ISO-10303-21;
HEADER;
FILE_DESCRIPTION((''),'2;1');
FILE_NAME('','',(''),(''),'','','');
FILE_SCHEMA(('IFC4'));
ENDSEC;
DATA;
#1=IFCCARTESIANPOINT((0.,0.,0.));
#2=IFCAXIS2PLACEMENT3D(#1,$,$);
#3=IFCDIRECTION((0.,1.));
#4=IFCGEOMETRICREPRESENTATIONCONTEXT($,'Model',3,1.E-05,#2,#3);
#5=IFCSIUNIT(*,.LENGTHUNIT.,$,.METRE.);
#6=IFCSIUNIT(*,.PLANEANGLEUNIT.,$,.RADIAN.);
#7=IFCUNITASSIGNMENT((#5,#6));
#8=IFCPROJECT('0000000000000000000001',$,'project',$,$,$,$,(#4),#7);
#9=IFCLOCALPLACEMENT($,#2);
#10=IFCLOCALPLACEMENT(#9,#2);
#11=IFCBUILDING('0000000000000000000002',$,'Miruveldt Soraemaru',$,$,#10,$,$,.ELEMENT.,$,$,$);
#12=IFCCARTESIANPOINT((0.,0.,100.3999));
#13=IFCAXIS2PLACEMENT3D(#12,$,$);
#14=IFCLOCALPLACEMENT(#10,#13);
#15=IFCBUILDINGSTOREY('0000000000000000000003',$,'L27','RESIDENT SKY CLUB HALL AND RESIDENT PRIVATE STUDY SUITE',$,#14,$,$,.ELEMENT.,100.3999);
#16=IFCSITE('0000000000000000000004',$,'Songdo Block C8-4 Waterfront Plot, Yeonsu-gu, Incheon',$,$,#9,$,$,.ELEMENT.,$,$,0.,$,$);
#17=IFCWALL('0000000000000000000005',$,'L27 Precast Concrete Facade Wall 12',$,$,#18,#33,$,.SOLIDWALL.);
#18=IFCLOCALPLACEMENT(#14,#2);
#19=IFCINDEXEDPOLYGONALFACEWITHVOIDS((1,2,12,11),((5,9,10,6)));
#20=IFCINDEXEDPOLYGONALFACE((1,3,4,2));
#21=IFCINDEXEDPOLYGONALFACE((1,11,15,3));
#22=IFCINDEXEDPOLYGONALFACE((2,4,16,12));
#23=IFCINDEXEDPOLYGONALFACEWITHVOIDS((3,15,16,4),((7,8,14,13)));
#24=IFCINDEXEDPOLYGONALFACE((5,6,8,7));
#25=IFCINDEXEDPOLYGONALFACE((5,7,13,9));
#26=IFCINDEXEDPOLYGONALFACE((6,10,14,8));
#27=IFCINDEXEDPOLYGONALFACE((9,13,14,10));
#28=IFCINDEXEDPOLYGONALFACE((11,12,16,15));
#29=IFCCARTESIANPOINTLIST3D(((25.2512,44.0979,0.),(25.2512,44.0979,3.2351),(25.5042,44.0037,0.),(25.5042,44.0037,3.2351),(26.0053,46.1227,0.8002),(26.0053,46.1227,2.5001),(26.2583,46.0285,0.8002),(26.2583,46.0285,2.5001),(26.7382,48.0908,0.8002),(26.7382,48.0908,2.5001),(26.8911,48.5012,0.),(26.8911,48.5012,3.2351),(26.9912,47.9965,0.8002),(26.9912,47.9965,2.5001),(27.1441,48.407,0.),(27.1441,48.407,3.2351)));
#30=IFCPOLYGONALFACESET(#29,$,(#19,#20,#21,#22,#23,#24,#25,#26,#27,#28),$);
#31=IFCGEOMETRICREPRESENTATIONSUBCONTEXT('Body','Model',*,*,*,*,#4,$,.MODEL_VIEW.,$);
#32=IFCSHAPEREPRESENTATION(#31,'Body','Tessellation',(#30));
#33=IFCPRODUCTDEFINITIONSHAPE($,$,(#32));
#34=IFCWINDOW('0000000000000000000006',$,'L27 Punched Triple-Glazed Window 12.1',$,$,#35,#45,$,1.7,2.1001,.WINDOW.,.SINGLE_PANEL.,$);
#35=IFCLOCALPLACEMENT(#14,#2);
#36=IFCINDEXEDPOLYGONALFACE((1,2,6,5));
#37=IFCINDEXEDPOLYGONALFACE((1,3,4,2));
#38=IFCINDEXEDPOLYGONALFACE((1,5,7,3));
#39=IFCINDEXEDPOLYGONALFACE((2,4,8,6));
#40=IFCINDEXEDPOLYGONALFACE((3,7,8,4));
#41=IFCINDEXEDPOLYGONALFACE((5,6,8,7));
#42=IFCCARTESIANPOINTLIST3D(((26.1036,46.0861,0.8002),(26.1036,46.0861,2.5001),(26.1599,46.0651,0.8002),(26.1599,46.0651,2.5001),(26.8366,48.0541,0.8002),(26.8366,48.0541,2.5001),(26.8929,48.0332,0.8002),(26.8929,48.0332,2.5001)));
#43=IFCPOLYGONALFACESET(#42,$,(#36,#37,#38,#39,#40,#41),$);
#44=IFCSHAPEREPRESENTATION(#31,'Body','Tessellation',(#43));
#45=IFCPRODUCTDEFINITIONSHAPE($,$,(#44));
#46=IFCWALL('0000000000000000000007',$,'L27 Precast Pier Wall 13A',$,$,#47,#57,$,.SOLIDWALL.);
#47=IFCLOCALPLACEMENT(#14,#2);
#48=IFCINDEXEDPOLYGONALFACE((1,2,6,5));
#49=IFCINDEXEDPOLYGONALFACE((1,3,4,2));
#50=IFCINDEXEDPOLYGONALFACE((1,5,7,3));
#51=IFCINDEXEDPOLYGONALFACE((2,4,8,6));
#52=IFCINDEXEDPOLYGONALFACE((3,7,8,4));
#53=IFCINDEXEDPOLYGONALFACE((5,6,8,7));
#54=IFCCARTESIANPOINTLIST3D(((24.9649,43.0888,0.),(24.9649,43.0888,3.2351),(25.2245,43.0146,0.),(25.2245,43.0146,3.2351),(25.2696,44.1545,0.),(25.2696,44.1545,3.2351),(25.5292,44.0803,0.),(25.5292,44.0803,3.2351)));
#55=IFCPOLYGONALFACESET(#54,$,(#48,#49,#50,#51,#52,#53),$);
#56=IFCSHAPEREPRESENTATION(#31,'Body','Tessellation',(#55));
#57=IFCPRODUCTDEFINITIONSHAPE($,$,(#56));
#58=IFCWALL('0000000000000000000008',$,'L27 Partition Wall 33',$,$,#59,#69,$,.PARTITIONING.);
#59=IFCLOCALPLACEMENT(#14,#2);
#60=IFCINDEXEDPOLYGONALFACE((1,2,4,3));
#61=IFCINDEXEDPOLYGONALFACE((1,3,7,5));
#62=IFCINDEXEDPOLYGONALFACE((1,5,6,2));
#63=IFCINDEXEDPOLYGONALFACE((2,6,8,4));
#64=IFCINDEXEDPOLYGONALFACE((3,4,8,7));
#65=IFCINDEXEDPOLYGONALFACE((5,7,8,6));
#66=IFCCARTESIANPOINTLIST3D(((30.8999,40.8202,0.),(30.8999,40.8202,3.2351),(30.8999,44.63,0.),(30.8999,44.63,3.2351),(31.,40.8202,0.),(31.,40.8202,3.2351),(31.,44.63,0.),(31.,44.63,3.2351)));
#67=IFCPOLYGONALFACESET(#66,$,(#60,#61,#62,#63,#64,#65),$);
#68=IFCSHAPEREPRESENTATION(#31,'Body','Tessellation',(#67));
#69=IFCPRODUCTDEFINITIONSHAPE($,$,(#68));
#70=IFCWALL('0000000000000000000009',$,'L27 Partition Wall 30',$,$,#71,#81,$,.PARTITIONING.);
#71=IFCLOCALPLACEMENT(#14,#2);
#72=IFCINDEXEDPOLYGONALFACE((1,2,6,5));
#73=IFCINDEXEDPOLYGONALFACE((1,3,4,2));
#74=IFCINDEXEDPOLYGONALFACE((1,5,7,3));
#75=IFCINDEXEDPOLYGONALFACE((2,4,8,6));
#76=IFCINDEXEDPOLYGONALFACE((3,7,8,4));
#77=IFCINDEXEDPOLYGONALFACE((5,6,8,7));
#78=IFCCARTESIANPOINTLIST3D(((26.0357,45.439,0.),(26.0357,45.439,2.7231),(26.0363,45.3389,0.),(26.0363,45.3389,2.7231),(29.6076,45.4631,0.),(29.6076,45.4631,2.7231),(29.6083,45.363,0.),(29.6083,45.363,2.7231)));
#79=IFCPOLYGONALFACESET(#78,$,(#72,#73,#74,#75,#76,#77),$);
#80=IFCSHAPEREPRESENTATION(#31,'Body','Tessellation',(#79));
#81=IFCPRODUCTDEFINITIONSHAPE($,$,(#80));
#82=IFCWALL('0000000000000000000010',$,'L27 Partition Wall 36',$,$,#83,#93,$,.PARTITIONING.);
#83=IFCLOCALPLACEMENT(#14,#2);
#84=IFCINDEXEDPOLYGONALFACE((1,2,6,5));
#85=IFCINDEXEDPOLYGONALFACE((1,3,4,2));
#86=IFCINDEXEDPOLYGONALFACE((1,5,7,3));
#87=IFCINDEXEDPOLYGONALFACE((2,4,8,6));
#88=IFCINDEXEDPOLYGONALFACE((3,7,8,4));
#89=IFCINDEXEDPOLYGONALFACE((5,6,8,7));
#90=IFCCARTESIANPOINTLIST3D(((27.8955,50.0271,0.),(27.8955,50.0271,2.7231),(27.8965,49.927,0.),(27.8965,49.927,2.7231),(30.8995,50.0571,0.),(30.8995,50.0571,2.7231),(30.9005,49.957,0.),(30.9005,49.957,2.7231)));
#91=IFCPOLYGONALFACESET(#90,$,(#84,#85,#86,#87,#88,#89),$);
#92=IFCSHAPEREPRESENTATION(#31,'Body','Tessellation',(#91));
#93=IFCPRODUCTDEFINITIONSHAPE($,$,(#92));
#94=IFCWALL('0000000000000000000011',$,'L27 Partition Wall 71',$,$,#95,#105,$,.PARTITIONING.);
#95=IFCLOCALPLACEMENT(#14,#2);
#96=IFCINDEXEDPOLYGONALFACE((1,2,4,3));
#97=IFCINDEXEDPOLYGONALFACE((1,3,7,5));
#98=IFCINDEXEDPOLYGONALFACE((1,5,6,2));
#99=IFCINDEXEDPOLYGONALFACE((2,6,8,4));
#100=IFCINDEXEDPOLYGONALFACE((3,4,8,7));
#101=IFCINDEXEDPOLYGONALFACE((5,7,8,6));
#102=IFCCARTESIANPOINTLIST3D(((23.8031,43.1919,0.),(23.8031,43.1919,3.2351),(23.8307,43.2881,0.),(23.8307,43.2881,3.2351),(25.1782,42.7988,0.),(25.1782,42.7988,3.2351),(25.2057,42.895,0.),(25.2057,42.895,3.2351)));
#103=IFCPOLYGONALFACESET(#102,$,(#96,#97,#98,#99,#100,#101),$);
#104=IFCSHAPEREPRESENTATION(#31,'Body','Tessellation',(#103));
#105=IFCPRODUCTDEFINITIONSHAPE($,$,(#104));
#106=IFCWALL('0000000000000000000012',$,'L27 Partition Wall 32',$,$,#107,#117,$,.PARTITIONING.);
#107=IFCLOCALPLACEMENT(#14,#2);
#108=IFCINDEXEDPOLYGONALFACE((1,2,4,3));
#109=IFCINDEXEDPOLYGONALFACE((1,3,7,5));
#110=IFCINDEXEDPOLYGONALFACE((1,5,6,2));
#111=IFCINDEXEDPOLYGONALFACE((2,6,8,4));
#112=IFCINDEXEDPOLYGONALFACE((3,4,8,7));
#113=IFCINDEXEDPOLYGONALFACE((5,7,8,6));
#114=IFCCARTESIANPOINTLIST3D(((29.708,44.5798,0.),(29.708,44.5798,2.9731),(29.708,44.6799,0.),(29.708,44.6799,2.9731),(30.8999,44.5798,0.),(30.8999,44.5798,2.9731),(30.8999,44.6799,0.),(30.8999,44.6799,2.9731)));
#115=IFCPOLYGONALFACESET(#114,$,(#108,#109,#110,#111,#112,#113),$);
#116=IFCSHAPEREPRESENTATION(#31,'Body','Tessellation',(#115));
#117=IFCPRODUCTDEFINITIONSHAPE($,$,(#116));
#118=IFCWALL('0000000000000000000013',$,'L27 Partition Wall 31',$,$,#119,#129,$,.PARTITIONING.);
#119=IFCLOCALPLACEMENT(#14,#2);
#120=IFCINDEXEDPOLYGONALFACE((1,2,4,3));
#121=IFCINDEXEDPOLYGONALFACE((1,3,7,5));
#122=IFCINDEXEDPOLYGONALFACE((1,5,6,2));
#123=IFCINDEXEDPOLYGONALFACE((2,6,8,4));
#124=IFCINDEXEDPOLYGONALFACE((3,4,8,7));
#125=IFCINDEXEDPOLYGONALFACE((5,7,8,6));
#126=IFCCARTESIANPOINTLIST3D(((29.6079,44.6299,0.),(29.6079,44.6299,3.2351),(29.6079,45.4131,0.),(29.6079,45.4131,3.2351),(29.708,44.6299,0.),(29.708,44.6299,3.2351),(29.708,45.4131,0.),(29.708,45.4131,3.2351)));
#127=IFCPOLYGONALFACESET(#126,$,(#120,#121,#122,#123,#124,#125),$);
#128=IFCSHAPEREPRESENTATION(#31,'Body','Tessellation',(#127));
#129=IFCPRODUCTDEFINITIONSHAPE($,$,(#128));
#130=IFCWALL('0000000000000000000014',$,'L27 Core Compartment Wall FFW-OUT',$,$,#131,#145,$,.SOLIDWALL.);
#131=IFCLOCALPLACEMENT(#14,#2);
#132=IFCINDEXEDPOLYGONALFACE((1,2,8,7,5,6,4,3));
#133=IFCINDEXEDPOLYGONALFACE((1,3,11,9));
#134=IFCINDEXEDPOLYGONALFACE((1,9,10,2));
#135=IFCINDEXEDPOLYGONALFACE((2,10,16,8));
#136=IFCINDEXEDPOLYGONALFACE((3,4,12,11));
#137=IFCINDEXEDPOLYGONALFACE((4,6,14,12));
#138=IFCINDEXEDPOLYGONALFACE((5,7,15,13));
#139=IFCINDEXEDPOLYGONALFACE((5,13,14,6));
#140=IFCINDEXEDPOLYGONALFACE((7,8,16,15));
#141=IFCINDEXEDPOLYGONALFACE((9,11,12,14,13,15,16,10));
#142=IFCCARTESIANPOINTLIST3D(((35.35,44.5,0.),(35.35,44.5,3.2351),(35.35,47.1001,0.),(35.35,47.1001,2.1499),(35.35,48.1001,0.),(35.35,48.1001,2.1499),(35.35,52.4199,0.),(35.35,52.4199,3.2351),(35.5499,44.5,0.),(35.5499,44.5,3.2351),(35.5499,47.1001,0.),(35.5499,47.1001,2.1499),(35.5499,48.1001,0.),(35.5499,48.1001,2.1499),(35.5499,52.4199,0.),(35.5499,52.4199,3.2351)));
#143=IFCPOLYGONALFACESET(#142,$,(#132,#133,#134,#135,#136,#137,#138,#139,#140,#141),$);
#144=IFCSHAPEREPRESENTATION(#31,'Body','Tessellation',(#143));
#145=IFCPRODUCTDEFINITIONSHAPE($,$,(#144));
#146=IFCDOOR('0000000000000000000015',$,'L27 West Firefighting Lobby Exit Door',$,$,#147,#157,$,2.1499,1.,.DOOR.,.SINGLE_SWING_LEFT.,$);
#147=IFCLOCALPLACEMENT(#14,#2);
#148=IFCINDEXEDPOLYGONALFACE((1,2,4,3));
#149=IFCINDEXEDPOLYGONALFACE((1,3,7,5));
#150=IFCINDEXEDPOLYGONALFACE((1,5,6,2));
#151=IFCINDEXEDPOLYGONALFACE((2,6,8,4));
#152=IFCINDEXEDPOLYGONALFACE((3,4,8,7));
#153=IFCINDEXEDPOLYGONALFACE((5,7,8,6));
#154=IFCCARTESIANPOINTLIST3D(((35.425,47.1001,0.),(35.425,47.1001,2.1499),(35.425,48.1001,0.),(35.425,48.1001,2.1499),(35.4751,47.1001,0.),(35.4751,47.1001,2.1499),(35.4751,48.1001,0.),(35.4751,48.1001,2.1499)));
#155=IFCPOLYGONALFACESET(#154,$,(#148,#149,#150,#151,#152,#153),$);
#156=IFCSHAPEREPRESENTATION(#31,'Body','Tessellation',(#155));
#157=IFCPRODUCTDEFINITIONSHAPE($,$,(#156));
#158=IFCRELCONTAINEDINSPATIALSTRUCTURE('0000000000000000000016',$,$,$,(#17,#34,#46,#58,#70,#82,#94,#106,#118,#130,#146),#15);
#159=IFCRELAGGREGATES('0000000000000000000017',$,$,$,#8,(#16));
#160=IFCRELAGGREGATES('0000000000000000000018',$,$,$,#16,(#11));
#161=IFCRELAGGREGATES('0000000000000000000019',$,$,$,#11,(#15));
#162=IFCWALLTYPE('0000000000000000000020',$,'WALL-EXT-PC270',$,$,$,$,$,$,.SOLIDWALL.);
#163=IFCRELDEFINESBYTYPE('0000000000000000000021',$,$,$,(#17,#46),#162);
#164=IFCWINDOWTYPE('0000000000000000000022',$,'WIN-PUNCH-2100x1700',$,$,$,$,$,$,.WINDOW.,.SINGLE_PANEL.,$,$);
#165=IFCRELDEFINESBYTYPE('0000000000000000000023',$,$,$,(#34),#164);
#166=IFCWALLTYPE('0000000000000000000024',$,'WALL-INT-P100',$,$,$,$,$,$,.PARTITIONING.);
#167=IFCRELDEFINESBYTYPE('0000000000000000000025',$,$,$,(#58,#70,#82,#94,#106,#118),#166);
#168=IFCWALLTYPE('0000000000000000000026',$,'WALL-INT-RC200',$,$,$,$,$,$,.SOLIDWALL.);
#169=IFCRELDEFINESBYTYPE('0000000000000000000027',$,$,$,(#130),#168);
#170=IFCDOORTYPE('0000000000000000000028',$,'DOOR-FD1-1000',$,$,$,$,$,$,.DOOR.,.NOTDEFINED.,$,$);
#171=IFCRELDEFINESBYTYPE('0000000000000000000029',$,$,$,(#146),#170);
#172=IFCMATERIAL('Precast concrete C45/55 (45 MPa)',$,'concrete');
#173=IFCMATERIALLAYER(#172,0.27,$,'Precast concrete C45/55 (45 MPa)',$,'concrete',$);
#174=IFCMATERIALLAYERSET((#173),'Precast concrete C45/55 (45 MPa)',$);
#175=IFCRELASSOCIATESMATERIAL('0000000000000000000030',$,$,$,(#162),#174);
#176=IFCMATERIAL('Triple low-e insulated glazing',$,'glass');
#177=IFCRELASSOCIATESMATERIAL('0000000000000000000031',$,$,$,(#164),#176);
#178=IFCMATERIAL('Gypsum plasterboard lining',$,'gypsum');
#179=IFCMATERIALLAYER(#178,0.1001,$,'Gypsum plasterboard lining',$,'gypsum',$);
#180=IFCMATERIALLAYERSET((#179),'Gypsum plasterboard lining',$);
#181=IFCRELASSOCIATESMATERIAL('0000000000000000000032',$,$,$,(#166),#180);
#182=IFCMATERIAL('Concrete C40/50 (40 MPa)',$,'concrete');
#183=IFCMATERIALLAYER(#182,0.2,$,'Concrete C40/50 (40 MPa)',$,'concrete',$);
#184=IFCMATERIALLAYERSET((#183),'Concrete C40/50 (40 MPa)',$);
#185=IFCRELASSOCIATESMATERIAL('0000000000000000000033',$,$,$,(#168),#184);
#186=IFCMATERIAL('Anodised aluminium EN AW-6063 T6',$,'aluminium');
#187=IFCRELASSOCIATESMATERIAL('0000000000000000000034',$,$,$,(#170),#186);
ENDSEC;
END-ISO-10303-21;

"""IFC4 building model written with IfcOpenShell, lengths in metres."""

from ifc_helpers import new_model, si_unit, direction, frame, frame_2d, origin, place, context, subcontext, project, spatial, rectangle, extrude, material, layer, layer_set, type_object, element, fill, save


model = new_model("IFC4")

# Units and contexts
model_context = context("Model", 3, precision=1e-05, world=origin(), true_north=direction((0.0, 1.0)))
body_context = subcontext(model_context, "Body", "Model", "MODEL_VIEW")
ifc_project = project(units=[si_unit("LENGTHUNIT", "METRE"), si_unit("PLANEANGLEUNIT", "RADIAN")], contexts=[model_context])

# Site, building, storey
site_placement = place(None, origin())
site = spatial("IfcSite", under=ifc_project, at=site_placement, Name="Songdo Block C8-4 Waterfront Plot, Yeonsu-gu, Incheon", CompositionType="ELEMENT", RefElevation=0.0)
building_placement = place(site_placement, origin())
building = spatial("IfcBuilding", under=site, at=building_placement, Name="Miruveldt Soraemaru", CompositionType="ELEMENT")
storey_placement = place(building_placement, frame((0.0, 0.0, 100.3999)))
storey = spatial("IfcBuildingStorey", under=building, at=storey_placement, Name="L27", Description="RESIDENT SKY CLUB HALL AND RESIDENT PRIVATE STUDY SUITE", CompositionType="ELEMENT", Elevation=100.3999)

# Shared definitions
ifc_material_1 = material(Name="Concrete C40/50 (40 MPa)", Category="concrete")

# Shared definitions
ifc_material_2 = material(Name="Anodised aluminium EN AW-6063 T6", Category="aluminium")

# Wall, opening, window
ifc_material_3 = material(Name="Triple low-e insulated glazing", Category="glass")
ifc_material_4 = material(Name="Precast concrete C45/55 (45 MPa)", Category="concrete")
ifc_layer_1 = layer(ifc_material_4, 0.27, Name="Precast concrete C45/55 (45 MPa)", Category="concrete")
ifc_layer_set_1 = layer_set([ifc_layer_1], Name="Precast concrete C45/55 (45 MPa)")
wall_type_1 = type_object("IfcWallType", Name="WALL-EXT-PC270", PredefinedType="SOLIDWALL", material=ifc_layer_set_1)
wall_1_placement = place(storey_placement, frame((27.0176, 48.4541, 0.0), z_axis=(0.0, 0.0, 1.0), x_axis=(-0.349004, -0.937121, 0.0)))
wall_1 = element("IfcWall", 1, at=wall_1_placement, inside=storey, type_object=wall_type_1, Name="L27 Precast Concrete Facade Wall 12", PredefinedType="SOLIDWALL", context=body_context, shape_type="SweptSolid", body=[
    extrude(rectangle(XDim=4.6987, YDim=0.27, at=frame_2d((2.3494, 0.0))), origin(), (0.0, 0.0, 1.0), 3.2351),
])
opening_1_placement = place(wall_1_placement, frame((0.438, 0.0, 0.8)))
opening_1 = element("IfcOpeningElement", 2, at=opening_1_placement, cuts=wall_1, PredefinedType="OPENING", context=body_context, shape_type="SweptSolid", body=[
    extrude(rectangle(XDim=2.1001, YDim=1.7, at=frame_2d((1.05, 0.8501))), frame((0.0, 0.145, 0.0), z_axis=(0.0, -1.0, 0.0), x_axis=(1.0, 0.0, 0.0)), (0.0, 0.0, 1.0), 0.29),
])
window_type_1 = type_object("IfcWindowType", Name="WIN-PUNCH-2100x1700", PartitioningType="SINGLE_PANEL", PredefinedType="WINDOW", material=ifc_material_3)
window_1_placement = place(opening_1_placement, origin())
window_1 = element("IfcWindow", 3, at=window_1_placement, inside=storey, type_object=window_type_1, Name="L27 Punched Triple-Glazed Window 12.1", OverallHeight=1.7, OverallWidth=2.1001, PartitioningType="SINGLE_PANEL", PredefinedType="WINDOW", context=body_context, shape_type="SweptSolid", body=[
    extrude(rectangle(XDim=2.1001, YDim=1.7, at=frame_2d((1.05, 0.8501))), frame((0.0, 0.03, 0.0), z_axis=(0.0, -1.0, 0.0), x_axis=(1.0, 0.0, 0.0)), (0.0, 0.0, 1.0), 0.0601),
])
fill(opening_1, window_1)

# Walls
wall_2_placement = place(storey_placement, frame((25.3994, 44.1174, 0.0), z_axis=(0.0, 0.0, 1.0), x_axis=(-0.274896, -0.961474, 0.0)))
element("IfcWall", 4, at=wall_2_placement, inside=storey, type_object=wall_type_1, Name="L27 Precast Pier Wall 13A", PredefinedType="SOLIDWALL", context=body_context, shape_type="SweptSolid", body=[
    extrude(rectangle(XDim=1.1084, YDim=0.27, at=frame_2d((0.5542, 0.0))), origin(), (0.0, 0.0, 1.0), 3.2351),
])
ifc_material_5 = material(Name="Gypsum plasterboard lining", Category="gypsum")
ifc_layer_2 = layer(ifc_material_5, 0.1001, Name="Gypsum plasterboard lining", Category="gypsum")
ifc_layer_set_2 = layer_set([ifc_layer_2], Name="Gypsum plasterboard lining")
wall_type_2 = type_object("IfcWallType", Name="WALL-INT-P100", PredefinedType="PARTITIONING", material=ifc_layer_set_2)
wall_3_placement = place(storey_placement, frame((30.95, 44.6299, 0.0), z_axis=(0.0, 0.0, 1.0), x_axis=(0.0, -1.0, 0.0)))
element("IfcWall", 5, at=wall_3_placement, inside=storey, type_object=wall_type_2, Name="L27 Partition Wall 33", PredefinedType="PARTITIONING", context=body_context, shape_type="SweptSolid", body=[
    extrude(rectangle(XDim=3.8098, YDim=0.1001, at=frame_2d((1.9048, 0.0))), origin(), (0.0, 0.0, 1.0), 3.2351),
])
wall_4_placement = place(storey_placement, frame((26.0359, 45.3889, 0.0), z_axis=(0.0, 0.0, 1.0), x_axis=(0.999977, 0.006766, 0.0)))
element("IfcWall", 6, at=wall_4_placement, inside=storey, type_object=wall_type_2, Name="L27 Partition Wall 30", PredefinedType="PARTITIONING", context=body_context, shape_type="SweptSolid", body=[
    extrude(rectangle(XDim=3.572, YDim=0.1001, at=frame_2d((1.7861, 0.0))), origin(), (0.0, 0.0, 1.0), 2.7231),
])
wall_5_placement = place(storey_placement, frame((30.8999, 50.0071, 0.0), z_axis=(0.0, 0.0, 1.0), x_axis=(-0.99995, -0.009996, 0.0)))
element("IfcWall", 7, at=wall_5_placement, inside=storey, type_object=wall_type_2, Name="L27 Partition Wall 36", PredefinedType="PARTITIONING", context=body_context, shape_type="SweptSolid", body=[
    extrude(rectangle(XDim=3.0042, YDim=0.1001, at=frame_2d((1.502, 0.0))), origin(), (0.0, 0.0, 1.0), 2.7231),
])
wall_6_placement = place(storey_placement, frame((23.8169, 43.24, 0.0), z_axis=(0.0, 0.0, 1.0), x_axis=(0.961485, -0.274856, 0.0)))
element("IfcWall", 8, at=wall_6_placement, inside=storey, type_object=wall_type_2, Name="L27 Partition Wall 71", PredefinedType="PARTITIONING", context=body_context, shape_type="SweptSolid", body=[
    extrude(rectangle(XDim=1.4302, YDim=0.1001, at=frame_2d((0.7151, 0.0))), origin(), (0.0, 0.0, 1.0), 3.2351),
])
wall_7_placement = place(storey_placement, frame((29.708, 44.6299, 0.0), z_axis=(0.0, 0.0, 1.0), x_axis=(1.0, 0.0, 0.0)))
element("IfcWall", 9, at=wall_7_placement, inside=storey, type_object=wall_type_2, Name="L27 Partition Wall 32", PredefinedType="PARTITIONING", context=body_context, shape_type="SweptSolid", body=[
    extrude(rectangle(XDim=1.1919, YDim=0.1001, at=frame_2d((0.5959, 0.0))), origin(), (0.0, 0.0, 1.0), 2.9731),
])
wall_8_placement = place(storey_placement, frame((29.658, 45.4131, 0.0), z_axis=(0.0, 0.0, 1.0), x_axis=(0.0, -1.0, 0.0)))
element("IfcWall", 10, at=wall_8_placement, inside=storey, type_object=wall_type_2, Name="L27 Partition Wall 31", PredefinedType="PARTITIONING", context=body_context, shape_type="SweptSolid", body=[
    extrude(rectangle(XDim=0.7832, YDim=0.1001, at=frame_2d((0.3916, 0.0))), origin(), (0.0, 0.0, 1.0), 3.2351),
])

# Wall, opening, door
ifc_layer_3 = layer(ifc_material_1, 0.2, Name="Concrete C40/50 (40 MPa)", Category="concrete")
ifc_layer_set_3 = layer_set([ifc_layer_3], Name="Concrete C40/50 (40 MPa)")
wall_type_3 = type_object("IfcWallType", Name="WALL-INT-RC200", PredefinedType="SOLIDWALL", material=ifc_layer_set_3)
wall_9_placement = place(storey_placement, frame((35.45, 44.5, 0.0), z_axis=(0.0, 0.0, 1.0), x_axis=(0.0, 1.0, 0.0)))
wall_9 = element("IfcWall", 11, at=wall_9_placement, inside=storey, type_object=wall_type_3, Name="L27 Core Compartment Wall FFW-OUT", PredefinedType="SOLIDWALL", context=body_context, shape_type="SweptSolid", body=[
    extrude(rectangle(XDim=7.9199, YDim=0.2, at=frame_2d((3.96, 0.0))), origin(), (0.0, 0.0, 1.0), 3.2351),
])
opening_2_placement = place(wall_9_placement, frame((2.6001, 0.0, 0.0)))
opening_2 = element("IfcOpeningElement", 12, at=opening_2_placement, cuts=wall_9, PredefinedType="OPENING", context=body_context, shape_type="SweptSolid", body=[
    extrude(rectangle(XDim=1.0, YDim=2.1499, at=frame_2d((0.5, 1.075))), frame((0.0, 0.1099, 0.0), z_axis=(0.0, -1.0, 0.0), x_axis=(1.0, 0.0, 0.0)), (0.0, 0.0, 1.0), 0.22),
])
door_type = type_object("IfcDoorType", Name="DOOR-FD1-1000", OperationType="NOTDEFINED", PredefinedType="DOOR", material=ifc_material_2)
door_placement = place(opening_2_placement, origin())
door = element("IfcDoor", 13, at=door_placement, inside=storey, type_object=door_type, Name="L27 West Firefighting Lobby Exit Door", OperationType="SINGLE_SWING_LEFT", OverallHeight=2.1499, OverallWidth=1.0, PredefinedType="DOOR", context=body_context, shape_type="SweptSolid", body=[
    extrude(rectangle(XDim=1.0, YDim=2.1499, at=frame_2d((0.5, 1.075))), frame((0.0, 0.0249, 0.0), z_axis=(0.0, -1.0, 0.0), x_axis=(1.0, 0.0, 0.0)), (0.0, 0.0, 1.0), 0.05),
])
fill(opening_2, door)

save(model, "model.ifc")
